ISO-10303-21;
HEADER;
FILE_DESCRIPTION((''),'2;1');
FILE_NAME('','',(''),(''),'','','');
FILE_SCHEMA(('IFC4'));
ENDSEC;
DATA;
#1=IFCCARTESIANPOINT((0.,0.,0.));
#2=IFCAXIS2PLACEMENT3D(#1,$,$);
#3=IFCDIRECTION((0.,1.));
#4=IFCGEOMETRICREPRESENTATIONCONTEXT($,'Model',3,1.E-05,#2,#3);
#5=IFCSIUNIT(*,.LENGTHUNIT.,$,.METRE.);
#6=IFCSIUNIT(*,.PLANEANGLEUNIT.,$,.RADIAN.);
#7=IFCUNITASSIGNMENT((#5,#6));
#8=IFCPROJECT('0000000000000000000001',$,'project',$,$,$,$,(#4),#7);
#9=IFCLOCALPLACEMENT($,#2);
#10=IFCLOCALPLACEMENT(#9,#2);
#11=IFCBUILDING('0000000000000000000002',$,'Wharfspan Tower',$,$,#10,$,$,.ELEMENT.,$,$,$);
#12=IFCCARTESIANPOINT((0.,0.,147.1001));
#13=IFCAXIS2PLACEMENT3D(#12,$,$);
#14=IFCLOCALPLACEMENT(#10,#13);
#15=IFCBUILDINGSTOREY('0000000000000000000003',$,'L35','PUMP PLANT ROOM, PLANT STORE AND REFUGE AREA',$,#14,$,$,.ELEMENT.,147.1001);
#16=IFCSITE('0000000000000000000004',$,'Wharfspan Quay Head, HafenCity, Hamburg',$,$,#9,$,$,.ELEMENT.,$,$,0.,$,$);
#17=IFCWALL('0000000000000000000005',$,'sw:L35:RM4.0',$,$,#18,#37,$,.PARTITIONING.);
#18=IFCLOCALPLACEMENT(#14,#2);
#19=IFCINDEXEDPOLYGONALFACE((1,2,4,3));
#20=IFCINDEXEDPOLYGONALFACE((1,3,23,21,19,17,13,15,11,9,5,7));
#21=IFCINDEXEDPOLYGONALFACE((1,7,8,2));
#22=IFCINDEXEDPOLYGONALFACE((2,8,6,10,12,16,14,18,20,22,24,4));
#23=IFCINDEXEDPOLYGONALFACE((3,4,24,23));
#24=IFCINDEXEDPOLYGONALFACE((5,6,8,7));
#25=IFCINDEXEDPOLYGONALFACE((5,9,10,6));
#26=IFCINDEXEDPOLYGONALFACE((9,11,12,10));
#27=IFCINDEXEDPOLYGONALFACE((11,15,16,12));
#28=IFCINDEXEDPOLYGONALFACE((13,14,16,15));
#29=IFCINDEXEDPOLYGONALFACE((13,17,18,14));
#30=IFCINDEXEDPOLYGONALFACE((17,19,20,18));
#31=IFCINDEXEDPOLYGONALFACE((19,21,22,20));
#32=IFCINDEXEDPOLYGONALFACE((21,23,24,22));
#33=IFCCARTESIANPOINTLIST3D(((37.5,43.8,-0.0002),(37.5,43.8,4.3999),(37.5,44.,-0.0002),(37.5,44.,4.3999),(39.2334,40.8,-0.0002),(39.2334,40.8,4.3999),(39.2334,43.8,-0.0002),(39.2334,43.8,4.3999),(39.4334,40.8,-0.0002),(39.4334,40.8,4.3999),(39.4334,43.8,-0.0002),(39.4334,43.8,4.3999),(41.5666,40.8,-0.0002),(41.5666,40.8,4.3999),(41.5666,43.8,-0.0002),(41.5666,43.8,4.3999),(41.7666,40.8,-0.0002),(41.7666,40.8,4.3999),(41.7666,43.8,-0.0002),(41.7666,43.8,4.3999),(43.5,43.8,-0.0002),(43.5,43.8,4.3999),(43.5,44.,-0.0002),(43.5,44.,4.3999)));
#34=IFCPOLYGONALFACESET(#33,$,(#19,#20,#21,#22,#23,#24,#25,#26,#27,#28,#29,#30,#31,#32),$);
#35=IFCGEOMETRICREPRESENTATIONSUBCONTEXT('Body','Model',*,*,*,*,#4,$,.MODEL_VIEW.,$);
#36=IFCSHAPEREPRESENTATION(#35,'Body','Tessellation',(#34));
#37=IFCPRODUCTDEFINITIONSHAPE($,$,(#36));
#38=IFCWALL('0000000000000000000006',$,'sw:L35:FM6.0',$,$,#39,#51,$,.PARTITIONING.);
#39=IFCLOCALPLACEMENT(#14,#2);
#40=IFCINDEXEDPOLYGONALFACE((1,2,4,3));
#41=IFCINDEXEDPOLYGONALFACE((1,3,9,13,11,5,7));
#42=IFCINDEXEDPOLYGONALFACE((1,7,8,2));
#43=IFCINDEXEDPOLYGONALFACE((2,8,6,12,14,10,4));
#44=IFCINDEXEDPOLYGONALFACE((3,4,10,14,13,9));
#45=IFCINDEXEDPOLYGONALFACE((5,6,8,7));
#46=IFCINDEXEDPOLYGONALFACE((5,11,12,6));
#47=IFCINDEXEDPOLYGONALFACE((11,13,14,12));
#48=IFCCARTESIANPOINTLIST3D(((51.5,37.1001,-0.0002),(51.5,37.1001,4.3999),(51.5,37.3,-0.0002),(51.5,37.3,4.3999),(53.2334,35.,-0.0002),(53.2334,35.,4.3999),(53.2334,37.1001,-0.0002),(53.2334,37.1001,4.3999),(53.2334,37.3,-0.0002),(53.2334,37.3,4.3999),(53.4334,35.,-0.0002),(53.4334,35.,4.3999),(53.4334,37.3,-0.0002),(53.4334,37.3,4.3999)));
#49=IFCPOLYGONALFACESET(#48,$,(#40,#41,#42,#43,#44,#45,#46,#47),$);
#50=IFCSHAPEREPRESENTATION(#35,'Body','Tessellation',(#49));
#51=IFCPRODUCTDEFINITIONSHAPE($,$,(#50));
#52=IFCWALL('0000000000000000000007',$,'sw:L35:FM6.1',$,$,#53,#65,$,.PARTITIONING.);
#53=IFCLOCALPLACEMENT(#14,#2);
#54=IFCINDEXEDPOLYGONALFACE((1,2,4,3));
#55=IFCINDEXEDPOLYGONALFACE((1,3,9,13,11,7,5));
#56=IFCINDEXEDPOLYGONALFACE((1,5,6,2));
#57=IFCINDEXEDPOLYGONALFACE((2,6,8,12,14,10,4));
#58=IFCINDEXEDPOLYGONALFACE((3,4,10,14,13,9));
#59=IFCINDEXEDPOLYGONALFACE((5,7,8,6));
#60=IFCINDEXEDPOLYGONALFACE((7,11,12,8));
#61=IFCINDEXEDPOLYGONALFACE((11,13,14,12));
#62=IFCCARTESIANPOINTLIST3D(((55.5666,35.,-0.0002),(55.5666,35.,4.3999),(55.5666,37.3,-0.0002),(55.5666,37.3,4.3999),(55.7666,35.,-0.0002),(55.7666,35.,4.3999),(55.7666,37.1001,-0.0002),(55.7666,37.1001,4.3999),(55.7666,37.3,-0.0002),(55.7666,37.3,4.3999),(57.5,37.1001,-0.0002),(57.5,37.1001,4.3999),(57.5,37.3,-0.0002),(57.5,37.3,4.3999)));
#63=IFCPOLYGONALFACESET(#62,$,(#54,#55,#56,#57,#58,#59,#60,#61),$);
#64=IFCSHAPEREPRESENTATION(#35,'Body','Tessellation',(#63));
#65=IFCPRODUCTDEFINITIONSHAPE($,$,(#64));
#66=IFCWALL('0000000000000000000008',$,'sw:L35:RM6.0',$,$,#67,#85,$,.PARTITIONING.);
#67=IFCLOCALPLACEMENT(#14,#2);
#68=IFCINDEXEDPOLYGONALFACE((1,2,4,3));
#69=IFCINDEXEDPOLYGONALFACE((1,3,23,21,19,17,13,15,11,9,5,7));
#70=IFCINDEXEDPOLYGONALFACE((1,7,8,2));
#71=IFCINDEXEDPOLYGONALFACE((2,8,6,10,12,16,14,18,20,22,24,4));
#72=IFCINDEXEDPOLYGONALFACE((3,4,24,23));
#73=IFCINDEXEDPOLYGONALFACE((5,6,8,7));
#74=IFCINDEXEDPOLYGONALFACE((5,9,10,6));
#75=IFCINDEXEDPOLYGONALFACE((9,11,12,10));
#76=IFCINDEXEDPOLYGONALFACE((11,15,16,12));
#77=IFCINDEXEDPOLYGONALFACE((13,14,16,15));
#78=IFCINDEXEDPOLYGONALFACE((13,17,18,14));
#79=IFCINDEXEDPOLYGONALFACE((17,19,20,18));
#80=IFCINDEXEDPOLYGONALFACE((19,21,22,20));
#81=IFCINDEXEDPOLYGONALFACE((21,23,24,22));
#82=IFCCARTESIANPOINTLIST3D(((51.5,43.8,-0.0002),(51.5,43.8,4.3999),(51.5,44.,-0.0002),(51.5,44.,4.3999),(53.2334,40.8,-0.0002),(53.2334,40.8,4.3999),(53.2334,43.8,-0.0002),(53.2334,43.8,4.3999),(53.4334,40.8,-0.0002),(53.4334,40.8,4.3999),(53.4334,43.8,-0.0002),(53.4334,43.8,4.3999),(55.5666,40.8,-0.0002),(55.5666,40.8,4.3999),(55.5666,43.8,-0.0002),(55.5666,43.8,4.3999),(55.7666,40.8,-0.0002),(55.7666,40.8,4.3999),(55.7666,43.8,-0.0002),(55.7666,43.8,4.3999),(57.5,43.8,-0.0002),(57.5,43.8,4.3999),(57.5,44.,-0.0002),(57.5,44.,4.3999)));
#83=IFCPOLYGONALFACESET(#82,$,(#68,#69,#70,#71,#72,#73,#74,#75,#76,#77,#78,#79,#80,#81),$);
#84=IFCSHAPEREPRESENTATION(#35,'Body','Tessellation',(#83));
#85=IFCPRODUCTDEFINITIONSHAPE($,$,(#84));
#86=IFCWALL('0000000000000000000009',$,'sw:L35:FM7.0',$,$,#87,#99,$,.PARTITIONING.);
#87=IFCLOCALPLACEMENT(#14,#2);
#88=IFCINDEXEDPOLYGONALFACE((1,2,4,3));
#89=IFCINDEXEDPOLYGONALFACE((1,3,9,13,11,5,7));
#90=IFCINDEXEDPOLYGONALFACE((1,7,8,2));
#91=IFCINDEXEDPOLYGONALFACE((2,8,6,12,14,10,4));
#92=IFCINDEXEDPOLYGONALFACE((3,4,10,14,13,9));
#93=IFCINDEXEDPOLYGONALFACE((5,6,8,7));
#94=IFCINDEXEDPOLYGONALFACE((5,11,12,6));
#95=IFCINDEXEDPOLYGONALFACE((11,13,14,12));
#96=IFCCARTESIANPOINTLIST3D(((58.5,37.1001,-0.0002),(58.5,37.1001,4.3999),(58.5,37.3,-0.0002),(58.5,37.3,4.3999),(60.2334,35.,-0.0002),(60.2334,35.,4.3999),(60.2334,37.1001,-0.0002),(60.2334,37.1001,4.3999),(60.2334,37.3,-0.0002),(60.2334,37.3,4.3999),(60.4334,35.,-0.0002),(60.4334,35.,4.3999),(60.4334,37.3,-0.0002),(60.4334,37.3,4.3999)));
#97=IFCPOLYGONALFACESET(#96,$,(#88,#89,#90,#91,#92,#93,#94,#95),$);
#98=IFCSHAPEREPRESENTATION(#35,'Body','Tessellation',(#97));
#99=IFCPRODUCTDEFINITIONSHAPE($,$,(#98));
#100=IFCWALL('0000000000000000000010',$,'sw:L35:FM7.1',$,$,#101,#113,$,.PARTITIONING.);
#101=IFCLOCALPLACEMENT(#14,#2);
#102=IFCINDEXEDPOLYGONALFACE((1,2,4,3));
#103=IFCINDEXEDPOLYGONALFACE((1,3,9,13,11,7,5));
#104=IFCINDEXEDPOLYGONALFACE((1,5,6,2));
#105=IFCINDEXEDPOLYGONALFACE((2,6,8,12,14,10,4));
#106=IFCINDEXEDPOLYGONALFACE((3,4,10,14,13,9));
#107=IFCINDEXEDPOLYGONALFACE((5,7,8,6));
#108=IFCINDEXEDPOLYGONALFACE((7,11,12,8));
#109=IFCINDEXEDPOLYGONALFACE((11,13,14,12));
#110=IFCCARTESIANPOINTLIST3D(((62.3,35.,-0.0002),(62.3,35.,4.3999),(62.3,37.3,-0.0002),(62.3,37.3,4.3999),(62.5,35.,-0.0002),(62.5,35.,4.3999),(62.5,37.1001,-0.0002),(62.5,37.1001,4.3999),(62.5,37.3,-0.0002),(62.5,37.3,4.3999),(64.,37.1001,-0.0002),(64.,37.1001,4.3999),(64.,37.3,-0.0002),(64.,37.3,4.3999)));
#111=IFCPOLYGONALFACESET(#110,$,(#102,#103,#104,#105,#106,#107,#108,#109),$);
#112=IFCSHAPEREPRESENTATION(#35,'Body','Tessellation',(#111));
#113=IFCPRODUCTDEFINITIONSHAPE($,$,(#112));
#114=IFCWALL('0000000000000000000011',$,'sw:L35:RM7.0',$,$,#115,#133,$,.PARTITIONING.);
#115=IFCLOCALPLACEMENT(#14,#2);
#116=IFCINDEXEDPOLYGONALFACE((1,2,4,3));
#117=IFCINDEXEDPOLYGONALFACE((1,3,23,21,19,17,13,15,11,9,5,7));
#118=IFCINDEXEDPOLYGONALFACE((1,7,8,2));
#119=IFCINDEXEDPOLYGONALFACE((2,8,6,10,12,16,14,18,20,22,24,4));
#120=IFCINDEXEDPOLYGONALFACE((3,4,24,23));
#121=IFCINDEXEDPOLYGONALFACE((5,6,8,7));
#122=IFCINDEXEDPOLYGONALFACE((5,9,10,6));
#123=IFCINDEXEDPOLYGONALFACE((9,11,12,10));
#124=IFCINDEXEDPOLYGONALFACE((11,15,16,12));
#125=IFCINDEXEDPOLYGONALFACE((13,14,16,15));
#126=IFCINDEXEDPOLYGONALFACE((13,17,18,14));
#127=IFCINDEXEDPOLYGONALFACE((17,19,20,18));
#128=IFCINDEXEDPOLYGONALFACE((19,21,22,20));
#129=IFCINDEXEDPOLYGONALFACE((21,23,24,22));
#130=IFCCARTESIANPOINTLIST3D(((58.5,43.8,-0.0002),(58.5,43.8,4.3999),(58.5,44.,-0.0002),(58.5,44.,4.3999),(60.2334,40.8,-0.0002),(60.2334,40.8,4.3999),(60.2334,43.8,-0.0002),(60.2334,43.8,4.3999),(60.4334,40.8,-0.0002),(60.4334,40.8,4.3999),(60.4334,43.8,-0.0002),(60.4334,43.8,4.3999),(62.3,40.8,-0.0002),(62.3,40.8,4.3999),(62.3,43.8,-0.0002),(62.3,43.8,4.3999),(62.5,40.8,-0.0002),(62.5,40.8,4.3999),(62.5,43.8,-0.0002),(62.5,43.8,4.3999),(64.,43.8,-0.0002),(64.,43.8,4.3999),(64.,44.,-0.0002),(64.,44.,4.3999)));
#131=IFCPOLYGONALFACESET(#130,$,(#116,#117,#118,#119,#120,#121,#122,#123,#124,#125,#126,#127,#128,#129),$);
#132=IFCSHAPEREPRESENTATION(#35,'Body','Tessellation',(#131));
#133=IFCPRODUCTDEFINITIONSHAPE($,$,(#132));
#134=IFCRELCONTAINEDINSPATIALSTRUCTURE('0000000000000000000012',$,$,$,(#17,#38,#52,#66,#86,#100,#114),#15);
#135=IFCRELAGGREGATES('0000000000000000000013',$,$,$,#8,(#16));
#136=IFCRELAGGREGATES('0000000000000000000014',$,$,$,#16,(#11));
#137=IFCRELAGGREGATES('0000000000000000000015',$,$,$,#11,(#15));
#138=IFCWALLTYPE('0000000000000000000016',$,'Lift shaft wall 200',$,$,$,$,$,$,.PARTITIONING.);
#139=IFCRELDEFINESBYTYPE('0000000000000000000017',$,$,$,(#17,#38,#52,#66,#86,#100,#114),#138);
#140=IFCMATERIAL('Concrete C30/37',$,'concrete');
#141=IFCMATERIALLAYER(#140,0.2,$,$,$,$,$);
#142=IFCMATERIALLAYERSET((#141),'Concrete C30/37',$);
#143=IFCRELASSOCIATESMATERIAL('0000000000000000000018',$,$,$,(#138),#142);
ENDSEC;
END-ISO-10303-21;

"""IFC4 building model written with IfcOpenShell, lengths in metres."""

from ifc_helpers import new_model, si_unit, direction, frame, origin, place, context, subcontext, project, spatial, polyline, outline, extrude, material, layer, layer_set, type_object, element, save


model = new_model("IFC4")

# Units and contexts
model_context = context("Model", 3, precision=1e-05, world=origin(), true_north=direction((0.0, 1.0)))
body_context = subcontext(model_context, "Body", "Model", "MODEL_VIEW")
ifc_project = project(units=[si_unit("LENGTHUNIT", "METRE"), si_unit("PLANEANGLEUNIT", "RADIAN")], contexts=[model_context])

# Site, building, storey
site_placement = place(None, origin())
site = spatial("IfcSite", under=ifc_project, at=site_placement, Name="Wharfspan Quay Head, HafenCity, Hamburg", CompositionType="ELEMENT", RefElevation=0.0)
building_placement = place(site_placement, origin())
building = spatial("IfcBuilding", under=site, at=building_placement, Name="Wharfspan Tower", CompositionType="ELEMENT")
storey_placement = place(building_placement, frame((0.0, 0.0, 147.1001)))
storey = spatial("IfcBuildingStorey", under=building, at=storey_placement, Name="L35", Description="PUMP PLANT ROOM, PLANT STORE AND REFUGE AREA", CompositionType="ELEMENT", Elevation=147.1001)

# Walls
ifc_material_1 = material(Name="Concrete C30/37", Category="concrete")
ifc_layer_1 = layer(ifc_material_1, 0.2)
ifc_layer_set_1 = layer_set([ifc_layer_1], Name="Concrete C30/37")
wall_type_1 = type_object("IfcWallType", Name="Lift shaft wall 200", PredefinedType="PARTITIONING", material=ifc_layer_set_1)
wall_1_placement = place(storey_placement, frame((0.0, 0.0, -0.0002)))
element("IfcWall", 1, at=wall_1_placement, inside=storey, type_object=wall_type_1, Name="sw:L35:RM4.0", PredefinedType="PARTITIONING", context=body_context, shape_type="SweptSolid", body=[
    extrude(outline(polyline([(39.4333, 40.8), (39.2334, 40.8), (39.2334, 43.8), (37.5, 43.8), (37.5, 44.0), (43.5, 44.0), (43.5, 43.8), (41.7666, 43.8), (41.7666, 40.8), (41.5667, 40.8), (41.5667, 43.8), (39.4333, 43.8), (39.4333, 40.8)])), origin(), (0.0, 0.0, 1.0), 4.4001),
])
wall_2_placement = place(storey_placement, frame((0.0, 0.0, -0.0002)))
element("IfcWall", 2, at=wall_2_placement, inside=storey, type_object=wall_type_1, Name="sw:L35:FM6.0", PredefinedType="PARTITIONING", context=body_context, shape_type="SweptSolid", body=[
    extrude(outline(polyline([(53.2334, 37.1001), (51.5, 37.1001), (51.5, 37.3), (53.2334, 37.3), (53.4333, 37.3), (53.4333, 35.0), (53.2334, 35.0), (53.2334, 37.1001)])), origin(), (0.0, 0.0, 1.0), 4.4001),
])
wall_3_placement = place(storey_placement, frame((0.0, 0.0, -0.0002)))
element("IfcWall", 3, at=wall_3_placement, inside=storey, type_object=wall_type_1, Name="sw:L35:FM6.1", PredefinedType="PARTITIONING", context=body_context, shape_type="SweptSolid", body=[
    extrude(outline(polyline([(55.5667, 37.3), (55.7666, 37.3), (57.5, 37.3), (57.5, 37.1001), (55.7666, 37.1001), (55.7666, 35.0), (55.5667, 35.0), (55.5667, 37.3)])), origin(), (0.0, 0.0, 1.0), 4.4001),
])
wall_4_placement = place(storey_placement, frame((0.0, 0.0, -0.0002)))
element("IfcWall", 4, at=wall_4_placement, inside=storey, type_object=wall_type_1, Name="sw:L35:RM6.0", PredefinedType="PARTITIONING", context=body_context, shape_type="SweptSolid", body=[
    extrude(outline(polyline([(53.4333, 40.8), (53.2334, 40.8), (53.2334, 43.8), (51.5, 43.8), (51.5, 44.0), (57.5, 44.0), (57.5, 43.8), (55.7666, 43.8), (55.7666, 40.8), (55.5667, 40.8), (55.5667, 43.8), (53.4333, 43.8), (53.4333, 40.8)])), origin(), (0.0, 0.0, 1.0), 4.4001),
])
wall_5_placement = place(storey_placement, frame((0.0, 0.0, -0.0002)))
element("IfcWall", 5, at=wall_5_placement, inside=storey, type_object=wall_type_1, Name="sw:L35:FM7.0", PredefinedType="PARTITIONING", context=body_context, shape_type="SweptSolid", body=[
    extrude(outline(polyline([(60.2334, 37.1001), (58.5, 37.1001), (58.5, 37.3), (60.2334, 37.3), (60.4333, 37.3), (60.4333, 35.0), (60.2334, 35.0), (60.2334, 37.1001)])), origin(), (0.0, 0.0, 1.0), 4.4001),
])
wall_6_placement = place(storey_placement, frame((0.0, 0.0, -0.0002)))
element("IfcWall", 6, at=wall_6_placement, inside=storey, type_object=wall_type_1, Name="sw:L35:FM7.1", PredefinedType="PARTITIONING", context=body_context, shape_type="SweptSolid", body=[
    extrude(outline(polyline([(62.3, 37.3), (62.5, 37.3), (64.0, 37.3), (64.0, 37.1001), (62.5, 37.1001), (62.5, 35.0), (62.3, 35.0), (62.3, 37.3)])), origin(), (0.0, 0.0, 1.0), 4.4001),
])
wall_7_placement = place(storey_placement, frame((0.0, 0.0, -0.0002)))
element("IfcWall", 7, at=wall_7_placement, inside=storey, type_object=wall_type_1, Name="sw:L35:RM7.0", PredefinedType="PARTITIONING", context=body_context, shape_type="SweptSolid", body=[
    extrude(outline(polyline([(60.4333, 40.8), (60.2334, 40.8), (60.2334, 43.8), (58.5, 43.8), (58.5, 44.0), (64.0, 44.0), (64.0, 43.8), (62.5, 43.8), (62.5, 40.8), (62.3, 40.8), (62.3, 43.8), (60.4333, 43.8), (60.4333, 40.8)])), origin(), (0.0, 0.0, 1.0), 4.4001),
])

save(model, "model.ifc")
